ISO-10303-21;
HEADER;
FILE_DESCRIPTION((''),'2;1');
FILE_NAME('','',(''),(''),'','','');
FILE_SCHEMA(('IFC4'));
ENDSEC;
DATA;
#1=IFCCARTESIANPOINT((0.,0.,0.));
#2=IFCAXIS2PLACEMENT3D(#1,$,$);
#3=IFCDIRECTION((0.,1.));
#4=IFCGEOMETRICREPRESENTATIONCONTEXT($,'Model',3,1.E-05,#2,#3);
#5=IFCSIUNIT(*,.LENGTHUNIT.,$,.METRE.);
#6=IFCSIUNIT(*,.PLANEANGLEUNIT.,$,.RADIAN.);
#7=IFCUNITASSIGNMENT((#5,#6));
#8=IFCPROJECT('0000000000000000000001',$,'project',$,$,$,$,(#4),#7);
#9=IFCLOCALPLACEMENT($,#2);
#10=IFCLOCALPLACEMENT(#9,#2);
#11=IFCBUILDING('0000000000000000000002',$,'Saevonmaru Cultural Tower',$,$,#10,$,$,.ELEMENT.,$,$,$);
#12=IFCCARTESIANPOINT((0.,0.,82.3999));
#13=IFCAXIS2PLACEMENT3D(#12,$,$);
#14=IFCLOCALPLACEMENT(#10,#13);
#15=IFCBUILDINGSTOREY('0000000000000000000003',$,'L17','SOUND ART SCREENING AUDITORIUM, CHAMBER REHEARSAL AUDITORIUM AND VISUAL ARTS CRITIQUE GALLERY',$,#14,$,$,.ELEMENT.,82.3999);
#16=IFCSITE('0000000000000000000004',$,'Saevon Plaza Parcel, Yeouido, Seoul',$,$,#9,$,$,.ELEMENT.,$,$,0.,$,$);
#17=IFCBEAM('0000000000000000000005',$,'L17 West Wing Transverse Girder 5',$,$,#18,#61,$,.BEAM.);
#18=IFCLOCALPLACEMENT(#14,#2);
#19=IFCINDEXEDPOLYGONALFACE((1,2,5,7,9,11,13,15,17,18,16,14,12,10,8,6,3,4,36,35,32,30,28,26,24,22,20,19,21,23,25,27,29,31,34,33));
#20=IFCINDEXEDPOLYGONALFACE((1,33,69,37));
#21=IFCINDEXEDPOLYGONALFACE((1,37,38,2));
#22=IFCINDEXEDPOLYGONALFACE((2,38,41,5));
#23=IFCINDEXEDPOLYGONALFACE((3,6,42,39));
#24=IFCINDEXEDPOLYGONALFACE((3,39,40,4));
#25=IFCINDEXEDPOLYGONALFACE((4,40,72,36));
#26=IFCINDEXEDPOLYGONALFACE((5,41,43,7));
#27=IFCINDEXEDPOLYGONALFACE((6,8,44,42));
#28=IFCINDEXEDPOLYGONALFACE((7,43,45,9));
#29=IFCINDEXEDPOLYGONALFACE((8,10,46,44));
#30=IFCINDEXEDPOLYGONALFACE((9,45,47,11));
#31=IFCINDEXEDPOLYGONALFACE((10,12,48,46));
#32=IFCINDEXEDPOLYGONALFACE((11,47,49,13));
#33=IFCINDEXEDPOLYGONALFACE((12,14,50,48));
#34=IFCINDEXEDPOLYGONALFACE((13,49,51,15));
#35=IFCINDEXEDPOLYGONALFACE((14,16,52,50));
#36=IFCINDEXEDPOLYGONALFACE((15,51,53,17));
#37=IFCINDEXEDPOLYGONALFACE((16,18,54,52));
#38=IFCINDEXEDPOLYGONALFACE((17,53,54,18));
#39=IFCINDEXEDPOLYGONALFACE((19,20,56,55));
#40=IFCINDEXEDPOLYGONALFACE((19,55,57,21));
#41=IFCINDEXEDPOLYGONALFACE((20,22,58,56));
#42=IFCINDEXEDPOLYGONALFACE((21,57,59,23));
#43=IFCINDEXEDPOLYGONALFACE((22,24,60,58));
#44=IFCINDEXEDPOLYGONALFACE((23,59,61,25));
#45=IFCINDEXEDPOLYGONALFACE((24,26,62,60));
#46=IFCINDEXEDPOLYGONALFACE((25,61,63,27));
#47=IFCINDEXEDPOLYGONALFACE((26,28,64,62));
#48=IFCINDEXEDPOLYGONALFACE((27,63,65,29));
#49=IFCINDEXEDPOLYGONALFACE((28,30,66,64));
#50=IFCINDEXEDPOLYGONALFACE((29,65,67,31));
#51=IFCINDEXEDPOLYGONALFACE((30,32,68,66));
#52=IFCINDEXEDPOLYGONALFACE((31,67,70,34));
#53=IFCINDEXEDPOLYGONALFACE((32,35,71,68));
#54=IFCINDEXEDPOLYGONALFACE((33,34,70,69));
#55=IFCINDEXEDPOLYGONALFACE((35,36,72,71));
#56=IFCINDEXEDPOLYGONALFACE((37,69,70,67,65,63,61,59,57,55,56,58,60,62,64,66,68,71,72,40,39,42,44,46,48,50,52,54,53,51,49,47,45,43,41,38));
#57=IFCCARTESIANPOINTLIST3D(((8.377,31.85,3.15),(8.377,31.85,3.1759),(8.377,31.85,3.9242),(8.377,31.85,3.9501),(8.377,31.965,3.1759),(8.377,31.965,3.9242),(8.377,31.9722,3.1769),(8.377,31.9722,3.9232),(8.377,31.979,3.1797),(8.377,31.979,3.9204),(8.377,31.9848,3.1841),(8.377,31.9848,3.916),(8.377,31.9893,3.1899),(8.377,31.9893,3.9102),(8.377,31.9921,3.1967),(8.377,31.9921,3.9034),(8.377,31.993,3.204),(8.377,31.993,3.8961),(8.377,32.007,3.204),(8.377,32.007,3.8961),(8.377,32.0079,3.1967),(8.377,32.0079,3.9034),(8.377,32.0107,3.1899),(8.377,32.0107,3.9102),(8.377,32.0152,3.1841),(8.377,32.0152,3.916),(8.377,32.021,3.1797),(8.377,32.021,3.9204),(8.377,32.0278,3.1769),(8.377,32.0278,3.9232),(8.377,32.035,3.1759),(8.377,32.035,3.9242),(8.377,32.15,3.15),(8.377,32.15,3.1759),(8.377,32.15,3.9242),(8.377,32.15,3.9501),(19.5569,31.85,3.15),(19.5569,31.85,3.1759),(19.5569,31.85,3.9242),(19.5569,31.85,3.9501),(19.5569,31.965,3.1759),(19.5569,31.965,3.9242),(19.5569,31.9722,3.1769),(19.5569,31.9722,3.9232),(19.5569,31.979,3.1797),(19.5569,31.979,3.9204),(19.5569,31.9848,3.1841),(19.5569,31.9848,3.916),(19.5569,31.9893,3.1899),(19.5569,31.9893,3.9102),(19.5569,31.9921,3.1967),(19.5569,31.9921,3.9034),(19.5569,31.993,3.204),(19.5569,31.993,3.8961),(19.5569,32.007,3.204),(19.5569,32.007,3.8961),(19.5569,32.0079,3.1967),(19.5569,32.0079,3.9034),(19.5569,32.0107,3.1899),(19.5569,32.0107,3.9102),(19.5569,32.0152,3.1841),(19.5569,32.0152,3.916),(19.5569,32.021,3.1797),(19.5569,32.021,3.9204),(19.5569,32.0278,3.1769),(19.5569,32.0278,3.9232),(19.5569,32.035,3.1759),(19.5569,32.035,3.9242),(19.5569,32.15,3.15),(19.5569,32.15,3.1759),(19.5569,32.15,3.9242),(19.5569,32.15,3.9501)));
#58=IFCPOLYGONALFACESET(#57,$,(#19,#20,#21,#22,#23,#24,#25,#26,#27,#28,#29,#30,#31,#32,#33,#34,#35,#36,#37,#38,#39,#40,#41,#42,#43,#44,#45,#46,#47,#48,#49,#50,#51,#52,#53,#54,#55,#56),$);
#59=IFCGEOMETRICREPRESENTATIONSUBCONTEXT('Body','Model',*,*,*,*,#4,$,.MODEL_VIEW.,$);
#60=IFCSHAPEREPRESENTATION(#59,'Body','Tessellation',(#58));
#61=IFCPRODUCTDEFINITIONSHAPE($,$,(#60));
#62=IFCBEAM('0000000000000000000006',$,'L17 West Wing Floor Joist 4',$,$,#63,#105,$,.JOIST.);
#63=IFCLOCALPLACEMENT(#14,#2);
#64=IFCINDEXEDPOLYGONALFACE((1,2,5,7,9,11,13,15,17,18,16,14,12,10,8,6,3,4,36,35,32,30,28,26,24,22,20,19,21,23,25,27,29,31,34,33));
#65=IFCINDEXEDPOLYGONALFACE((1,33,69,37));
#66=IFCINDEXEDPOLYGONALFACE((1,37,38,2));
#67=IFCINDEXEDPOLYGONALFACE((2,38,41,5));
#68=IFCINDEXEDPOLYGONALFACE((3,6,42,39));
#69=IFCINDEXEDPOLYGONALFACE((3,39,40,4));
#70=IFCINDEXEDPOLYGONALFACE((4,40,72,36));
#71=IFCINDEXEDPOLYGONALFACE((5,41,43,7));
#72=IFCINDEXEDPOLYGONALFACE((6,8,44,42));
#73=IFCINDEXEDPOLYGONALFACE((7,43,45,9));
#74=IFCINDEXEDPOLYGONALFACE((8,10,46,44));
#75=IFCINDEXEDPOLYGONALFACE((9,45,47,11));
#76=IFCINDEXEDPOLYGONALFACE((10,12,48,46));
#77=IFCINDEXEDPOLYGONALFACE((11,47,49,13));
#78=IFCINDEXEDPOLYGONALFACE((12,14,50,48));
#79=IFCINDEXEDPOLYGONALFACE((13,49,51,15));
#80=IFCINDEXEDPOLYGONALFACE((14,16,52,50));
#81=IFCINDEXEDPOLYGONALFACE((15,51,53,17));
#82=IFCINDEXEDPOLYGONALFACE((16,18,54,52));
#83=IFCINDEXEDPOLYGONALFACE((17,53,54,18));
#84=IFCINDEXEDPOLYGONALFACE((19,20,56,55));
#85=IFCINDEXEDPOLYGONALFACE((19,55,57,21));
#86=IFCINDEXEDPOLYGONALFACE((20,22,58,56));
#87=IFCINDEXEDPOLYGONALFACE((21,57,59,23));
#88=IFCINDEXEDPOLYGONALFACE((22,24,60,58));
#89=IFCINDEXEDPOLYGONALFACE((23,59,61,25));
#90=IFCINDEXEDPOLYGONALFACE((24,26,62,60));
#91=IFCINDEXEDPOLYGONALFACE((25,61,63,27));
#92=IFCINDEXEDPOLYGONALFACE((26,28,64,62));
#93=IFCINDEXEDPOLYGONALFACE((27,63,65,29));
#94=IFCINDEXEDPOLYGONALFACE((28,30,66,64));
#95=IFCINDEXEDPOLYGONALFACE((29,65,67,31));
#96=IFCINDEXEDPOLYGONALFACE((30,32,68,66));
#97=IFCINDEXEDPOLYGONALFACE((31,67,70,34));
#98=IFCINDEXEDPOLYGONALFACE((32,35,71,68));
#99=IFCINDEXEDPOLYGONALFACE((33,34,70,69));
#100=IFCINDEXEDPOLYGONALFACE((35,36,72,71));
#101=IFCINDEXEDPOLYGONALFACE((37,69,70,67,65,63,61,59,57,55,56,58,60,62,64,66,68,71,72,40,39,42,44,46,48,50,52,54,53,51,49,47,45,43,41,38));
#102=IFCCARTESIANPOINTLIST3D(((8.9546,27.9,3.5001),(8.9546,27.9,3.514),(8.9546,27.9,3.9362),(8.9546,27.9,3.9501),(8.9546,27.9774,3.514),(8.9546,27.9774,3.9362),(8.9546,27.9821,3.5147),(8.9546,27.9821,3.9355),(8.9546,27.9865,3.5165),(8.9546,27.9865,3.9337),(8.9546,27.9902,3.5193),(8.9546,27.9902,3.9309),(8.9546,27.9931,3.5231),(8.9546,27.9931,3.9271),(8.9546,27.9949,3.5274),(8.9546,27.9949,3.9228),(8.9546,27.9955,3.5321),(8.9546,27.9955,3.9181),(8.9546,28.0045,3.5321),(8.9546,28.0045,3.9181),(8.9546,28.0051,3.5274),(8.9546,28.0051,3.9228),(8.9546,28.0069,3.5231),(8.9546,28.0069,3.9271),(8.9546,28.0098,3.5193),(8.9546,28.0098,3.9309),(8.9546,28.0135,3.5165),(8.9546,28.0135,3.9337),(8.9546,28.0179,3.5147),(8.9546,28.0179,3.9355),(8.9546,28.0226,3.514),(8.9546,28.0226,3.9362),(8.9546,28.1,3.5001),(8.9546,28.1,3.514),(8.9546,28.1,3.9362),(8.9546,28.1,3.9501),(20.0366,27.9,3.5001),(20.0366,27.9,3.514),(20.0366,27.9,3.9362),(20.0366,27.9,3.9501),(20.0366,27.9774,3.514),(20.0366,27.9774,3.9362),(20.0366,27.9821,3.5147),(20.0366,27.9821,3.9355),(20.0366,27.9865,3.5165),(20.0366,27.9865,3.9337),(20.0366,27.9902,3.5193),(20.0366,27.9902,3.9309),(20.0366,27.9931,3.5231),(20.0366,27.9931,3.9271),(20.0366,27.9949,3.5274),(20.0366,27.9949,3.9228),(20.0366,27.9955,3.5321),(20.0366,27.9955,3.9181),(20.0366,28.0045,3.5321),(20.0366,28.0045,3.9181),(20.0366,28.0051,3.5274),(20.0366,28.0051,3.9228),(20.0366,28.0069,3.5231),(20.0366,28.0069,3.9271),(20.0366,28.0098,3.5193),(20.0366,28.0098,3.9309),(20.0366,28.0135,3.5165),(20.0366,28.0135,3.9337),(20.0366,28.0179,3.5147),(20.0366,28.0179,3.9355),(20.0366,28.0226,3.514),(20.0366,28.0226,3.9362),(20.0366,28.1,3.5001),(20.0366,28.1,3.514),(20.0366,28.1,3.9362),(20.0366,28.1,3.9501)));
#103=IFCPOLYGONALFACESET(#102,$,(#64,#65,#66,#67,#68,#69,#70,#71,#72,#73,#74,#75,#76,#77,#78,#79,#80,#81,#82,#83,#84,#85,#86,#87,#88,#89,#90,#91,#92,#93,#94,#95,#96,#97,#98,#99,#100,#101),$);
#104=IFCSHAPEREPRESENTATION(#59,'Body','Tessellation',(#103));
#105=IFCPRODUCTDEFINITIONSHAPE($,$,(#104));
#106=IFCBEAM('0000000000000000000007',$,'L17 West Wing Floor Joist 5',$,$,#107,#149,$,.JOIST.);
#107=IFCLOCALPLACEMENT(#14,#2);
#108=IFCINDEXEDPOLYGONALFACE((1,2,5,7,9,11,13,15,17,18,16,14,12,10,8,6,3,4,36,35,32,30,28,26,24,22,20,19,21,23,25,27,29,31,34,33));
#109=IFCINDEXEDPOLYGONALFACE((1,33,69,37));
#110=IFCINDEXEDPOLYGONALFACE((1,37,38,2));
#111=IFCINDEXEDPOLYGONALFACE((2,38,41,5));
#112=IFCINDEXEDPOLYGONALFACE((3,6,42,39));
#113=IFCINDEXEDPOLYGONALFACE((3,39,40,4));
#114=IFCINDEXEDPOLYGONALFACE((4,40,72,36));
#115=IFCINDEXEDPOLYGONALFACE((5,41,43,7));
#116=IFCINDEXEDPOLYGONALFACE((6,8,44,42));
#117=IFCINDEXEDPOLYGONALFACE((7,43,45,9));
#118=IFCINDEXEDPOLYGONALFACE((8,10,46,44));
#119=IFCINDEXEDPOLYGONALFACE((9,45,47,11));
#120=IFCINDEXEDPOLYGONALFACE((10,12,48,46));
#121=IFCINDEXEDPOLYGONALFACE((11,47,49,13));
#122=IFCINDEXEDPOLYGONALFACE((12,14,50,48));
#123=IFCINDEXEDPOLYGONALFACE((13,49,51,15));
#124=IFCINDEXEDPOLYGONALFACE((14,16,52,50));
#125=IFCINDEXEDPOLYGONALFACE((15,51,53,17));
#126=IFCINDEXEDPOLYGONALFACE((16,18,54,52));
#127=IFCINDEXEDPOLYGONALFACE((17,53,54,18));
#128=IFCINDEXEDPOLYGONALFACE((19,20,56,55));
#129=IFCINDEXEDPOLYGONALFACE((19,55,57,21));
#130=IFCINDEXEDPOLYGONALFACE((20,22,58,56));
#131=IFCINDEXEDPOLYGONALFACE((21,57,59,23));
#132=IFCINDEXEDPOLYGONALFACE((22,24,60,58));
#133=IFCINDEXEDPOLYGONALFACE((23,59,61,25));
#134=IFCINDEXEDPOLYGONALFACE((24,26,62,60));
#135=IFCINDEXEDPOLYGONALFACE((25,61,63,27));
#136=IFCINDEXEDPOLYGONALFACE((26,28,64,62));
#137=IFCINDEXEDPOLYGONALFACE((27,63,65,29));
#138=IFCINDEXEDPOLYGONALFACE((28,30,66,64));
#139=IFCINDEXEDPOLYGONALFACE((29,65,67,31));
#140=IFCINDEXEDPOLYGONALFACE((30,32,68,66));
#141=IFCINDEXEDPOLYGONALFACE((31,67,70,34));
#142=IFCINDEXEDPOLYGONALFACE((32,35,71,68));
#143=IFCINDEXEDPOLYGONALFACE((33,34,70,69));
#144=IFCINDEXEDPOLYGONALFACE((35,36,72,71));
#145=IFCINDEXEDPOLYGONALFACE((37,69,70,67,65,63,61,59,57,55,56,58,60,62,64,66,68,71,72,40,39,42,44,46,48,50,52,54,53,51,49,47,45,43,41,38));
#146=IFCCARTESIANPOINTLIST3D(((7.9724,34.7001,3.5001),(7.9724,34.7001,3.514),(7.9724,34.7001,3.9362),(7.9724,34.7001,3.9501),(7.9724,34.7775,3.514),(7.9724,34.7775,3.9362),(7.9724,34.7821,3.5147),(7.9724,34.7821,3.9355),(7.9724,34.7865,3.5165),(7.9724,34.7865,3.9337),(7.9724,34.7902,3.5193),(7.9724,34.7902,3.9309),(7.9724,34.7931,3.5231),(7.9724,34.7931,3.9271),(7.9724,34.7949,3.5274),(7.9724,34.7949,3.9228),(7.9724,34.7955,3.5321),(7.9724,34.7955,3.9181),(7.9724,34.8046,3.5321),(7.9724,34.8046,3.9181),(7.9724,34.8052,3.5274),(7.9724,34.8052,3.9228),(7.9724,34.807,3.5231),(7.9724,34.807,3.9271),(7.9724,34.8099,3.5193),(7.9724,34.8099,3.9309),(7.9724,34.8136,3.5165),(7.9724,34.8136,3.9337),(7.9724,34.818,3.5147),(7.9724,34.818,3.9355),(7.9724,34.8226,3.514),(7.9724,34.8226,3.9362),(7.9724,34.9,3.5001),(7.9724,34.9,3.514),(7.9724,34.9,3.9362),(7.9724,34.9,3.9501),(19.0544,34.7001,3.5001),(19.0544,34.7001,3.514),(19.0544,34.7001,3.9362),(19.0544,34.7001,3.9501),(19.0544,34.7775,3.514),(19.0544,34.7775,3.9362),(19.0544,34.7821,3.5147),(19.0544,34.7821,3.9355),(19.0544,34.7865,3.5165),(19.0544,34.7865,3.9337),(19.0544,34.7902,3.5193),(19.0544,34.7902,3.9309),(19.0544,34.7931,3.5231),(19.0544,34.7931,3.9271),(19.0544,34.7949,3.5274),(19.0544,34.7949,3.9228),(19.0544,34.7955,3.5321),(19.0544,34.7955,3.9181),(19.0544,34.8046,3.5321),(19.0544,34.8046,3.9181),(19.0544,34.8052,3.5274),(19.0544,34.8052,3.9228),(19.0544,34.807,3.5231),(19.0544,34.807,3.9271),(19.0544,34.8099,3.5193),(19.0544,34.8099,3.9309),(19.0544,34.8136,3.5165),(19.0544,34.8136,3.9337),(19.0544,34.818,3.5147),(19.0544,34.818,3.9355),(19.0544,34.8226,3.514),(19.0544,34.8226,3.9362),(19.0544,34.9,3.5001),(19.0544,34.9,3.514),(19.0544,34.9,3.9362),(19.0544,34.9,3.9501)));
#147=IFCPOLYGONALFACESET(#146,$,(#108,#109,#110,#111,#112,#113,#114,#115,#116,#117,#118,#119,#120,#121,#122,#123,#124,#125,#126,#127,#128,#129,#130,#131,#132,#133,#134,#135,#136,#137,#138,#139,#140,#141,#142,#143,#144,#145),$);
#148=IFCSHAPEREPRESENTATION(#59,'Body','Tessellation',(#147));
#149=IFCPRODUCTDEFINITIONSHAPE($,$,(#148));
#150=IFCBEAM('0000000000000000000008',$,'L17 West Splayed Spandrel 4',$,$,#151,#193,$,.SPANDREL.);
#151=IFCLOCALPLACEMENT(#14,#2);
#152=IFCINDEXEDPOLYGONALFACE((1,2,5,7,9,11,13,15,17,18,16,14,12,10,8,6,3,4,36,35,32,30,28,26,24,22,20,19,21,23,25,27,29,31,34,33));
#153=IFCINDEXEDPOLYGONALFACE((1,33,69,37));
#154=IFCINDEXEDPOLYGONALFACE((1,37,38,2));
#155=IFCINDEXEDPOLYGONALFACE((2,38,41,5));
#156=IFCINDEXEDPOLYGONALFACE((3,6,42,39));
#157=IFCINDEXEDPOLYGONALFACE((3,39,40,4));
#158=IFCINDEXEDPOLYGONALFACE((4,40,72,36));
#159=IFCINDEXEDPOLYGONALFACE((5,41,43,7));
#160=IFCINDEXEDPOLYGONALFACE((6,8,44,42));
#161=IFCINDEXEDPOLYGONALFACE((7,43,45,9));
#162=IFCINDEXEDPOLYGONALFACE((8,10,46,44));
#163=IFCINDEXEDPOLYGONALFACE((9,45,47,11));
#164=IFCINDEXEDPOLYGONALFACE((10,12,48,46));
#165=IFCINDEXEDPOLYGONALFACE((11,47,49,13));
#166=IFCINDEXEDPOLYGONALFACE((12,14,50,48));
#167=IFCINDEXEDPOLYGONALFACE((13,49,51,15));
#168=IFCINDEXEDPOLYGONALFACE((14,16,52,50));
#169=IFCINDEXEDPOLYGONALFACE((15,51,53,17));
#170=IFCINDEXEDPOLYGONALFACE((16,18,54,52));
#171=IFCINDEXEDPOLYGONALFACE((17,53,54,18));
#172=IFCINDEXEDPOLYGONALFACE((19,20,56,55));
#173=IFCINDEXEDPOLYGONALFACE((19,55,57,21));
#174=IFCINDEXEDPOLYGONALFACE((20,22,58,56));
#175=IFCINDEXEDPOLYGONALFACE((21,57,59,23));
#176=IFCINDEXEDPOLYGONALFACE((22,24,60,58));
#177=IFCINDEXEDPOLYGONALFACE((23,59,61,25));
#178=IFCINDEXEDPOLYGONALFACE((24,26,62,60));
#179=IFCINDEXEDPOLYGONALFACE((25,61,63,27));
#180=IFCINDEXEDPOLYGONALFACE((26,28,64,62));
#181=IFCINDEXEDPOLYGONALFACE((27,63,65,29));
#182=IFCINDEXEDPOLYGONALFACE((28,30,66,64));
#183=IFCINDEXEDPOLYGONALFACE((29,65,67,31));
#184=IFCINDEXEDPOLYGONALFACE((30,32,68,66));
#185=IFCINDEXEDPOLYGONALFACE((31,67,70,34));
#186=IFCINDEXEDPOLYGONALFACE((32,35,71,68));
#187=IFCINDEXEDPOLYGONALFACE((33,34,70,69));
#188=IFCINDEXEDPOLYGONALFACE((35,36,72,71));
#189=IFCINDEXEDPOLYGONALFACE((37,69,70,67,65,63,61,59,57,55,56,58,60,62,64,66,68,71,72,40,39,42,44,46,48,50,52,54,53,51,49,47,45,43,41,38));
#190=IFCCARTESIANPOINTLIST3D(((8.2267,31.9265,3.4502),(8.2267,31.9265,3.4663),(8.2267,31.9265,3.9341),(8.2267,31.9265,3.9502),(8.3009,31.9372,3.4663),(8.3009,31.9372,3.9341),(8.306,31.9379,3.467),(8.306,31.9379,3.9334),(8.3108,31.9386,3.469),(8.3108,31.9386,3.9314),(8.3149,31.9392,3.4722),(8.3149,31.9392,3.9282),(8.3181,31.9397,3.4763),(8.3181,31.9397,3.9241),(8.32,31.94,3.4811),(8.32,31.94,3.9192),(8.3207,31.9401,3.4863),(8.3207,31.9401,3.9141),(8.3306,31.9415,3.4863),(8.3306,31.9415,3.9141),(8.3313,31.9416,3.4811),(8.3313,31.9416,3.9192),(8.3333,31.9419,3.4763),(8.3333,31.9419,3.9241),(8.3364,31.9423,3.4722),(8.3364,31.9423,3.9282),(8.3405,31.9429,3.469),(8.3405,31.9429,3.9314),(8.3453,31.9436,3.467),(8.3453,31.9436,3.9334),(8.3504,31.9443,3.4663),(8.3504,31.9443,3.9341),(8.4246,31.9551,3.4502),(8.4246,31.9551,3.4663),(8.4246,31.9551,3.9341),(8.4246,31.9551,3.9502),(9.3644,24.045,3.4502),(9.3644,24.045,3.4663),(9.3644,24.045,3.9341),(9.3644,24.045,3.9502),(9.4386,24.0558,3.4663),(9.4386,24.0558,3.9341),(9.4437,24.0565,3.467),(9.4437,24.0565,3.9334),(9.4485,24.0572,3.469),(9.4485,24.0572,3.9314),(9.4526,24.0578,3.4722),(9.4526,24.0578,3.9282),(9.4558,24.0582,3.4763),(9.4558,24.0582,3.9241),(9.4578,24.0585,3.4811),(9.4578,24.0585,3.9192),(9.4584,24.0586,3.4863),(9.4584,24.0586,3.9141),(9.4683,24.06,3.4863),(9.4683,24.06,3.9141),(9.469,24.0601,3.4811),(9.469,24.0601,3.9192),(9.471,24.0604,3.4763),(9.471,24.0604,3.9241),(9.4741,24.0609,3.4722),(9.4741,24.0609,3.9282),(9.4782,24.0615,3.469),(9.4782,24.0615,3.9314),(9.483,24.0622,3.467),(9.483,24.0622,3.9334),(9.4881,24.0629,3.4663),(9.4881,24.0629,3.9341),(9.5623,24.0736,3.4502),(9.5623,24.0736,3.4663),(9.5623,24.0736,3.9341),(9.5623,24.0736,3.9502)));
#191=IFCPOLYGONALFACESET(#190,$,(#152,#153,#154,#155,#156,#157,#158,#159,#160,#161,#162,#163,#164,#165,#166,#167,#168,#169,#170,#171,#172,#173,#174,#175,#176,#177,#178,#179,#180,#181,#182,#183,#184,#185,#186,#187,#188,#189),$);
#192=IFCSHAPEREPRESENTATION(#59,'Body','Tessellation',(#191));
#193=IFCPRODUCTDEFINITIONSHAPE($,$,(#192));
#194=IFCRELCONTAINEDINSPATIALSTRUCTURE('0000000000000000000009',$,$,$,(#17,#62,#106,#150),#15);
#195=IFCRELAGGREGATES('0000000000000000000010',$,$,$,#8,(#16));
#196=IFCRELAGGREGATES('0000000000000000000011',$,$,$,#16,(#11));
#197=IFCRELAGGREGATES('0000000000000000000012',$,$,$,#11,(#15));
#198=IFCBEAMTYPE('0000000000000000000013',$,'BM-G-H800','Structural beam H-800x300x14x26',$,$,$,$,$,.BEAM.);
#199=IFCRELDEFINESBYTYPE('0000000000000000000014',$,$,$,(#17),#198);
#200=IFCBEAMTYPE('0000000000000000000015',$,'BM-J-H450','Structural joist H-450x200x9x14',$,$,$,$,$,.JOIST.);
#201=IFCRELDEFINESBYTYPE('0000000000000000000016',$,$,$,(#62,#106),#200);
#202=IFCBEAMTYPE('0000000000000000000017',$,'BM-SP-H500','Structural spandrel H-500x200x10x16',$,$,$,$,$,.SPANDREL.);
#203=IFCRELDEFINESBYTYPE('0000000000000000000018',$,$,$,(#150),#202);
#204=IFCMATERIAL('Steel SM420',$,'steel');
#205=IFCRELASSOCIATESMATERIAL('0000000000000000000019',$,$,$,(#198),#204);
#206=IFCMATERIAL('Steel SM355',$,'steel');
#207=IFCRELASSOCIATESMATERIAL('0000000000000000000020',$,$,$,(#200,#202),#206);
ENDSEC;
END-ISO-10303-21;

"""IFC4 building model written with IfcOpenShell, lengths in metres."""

from ifc_helpers import new_model, si_unit, direction, frame, origin, origin_2d, place, context, subcontext, project, spatial, i_section, extrude, material, material_profile, profile_set, type_object, element, save


model = new_model("IFC4")

# Units and contexts
model_context = context("Model", 3, precision=1e-05, world=origin(), true_north=direction((0.0, 1.0)))
body_context = subcontext(model_context, "Body", "Model", "MODEL_VIEW")
ifc_project = project(units=[si_unit("LENGTHUNIT", "METRE"), si_unit("PLANEANGLEUNIT", "RADIAN")], contexts=[model_context])

# Site, building, storey
site_placement = place(None, origin())
site = spatial("IfcSite", under=ifc_project, at=site_placement, Name="Saevon Plaza Parcel, Yeouido, Seoul", CompositionType="ELEMENT", RefElevation=0.0)
building_placement = place(site_placement, origin())
building = spatial("IfcBuilding", under=site, at=building_placement, Name="Saevonmaru Cultural Tower", CompositionType="ELEMENT")
storey_placement = place(building_placement, frame((0.0, 0.0, 82.3999)))
storey = spatial("IfcBuildingStorey", under=building, at=storey_placement, Name="L17", Description="SOUND ART SCREENING AUDITORIUM, CHAMBER REHEARSAL AUDITORIUM AND VISUAL ARTS CRITIQUE GALLERY", CompositionType="ELEMENT", Elevation=82.3999)

# Shared definitions
ifc_material_1 = material(Name="Steel SM420", Category="steel")

# Beams
ifc_material_profile_1 = material_profile(ifc_material_1, i_section(OverallWidth=0.3, OverallDepth=0.8, WebThickness=0.0139, FlangeThickness=0.0259, FilletRadius=0.0281, at=origin_2d()), Name="H-800x300x14x26")
ifc_profile_set_1 = profile_set([ifc_material_profile_1], Name="Steel SM420")
beam_type_1 = type_object("IfcBeamType", Name="BM-G-H800", Description="Structural beam H-800x300x14x26", PredefinedType="BEAM", material=ifc_profile_set_1)
for number, where, z_axis, x_axis, name in (
    (1, (8.377, 32.0, 3.55), (1.0, 0.0, 0.0), (0.0, 1.0, 0.0), "L17 West Wing Transverse Girder 5"),
):
    element("IfcBeam", number, at=place(storey_placement, frame(where, z_axis=z_axis, x_axis=x_axis)), inside=storey, type_object=beam_type_1, Name=name, PredefinedType="BEAM", context=body_context, shape_type="SweptSolid", body=[
        extrude(i_section(OverallWidth=0.3, OverallDepth=0.8, WebThickness=0.0139, FlangeThickness=0.0259, FilletRadius=0.0281, at=origin_2d()), origin(), (0.0, 0.0, 1.0), 11.1799),
    ])
ifc_material_2 = material(Name="Steel SM355", Category="steel")
ifc_material_profile_2 = material_profile(ifc_material_2, i_section(OverallWidth=0.2, OverallDepth=0.45, WebThickness=0.009, FlangeThickness=0.0139, FilletRadius=0.0181, at=origin_2d()), Name="H-450x200x9x14")
ifc_profile_set_2 = profile_set([ifc_material_profile_2], Name="Steel SM355")
beam_type_2 = type_object("IfcBeamType", Name="BM-J-H450", Description="Structural joist H-450x200x9x14", PredefinedType="JOIST", material=ifc_profile_set_2)
for number, where, z_axis, x_axis, name in (
    (2, (8.9546, 28.0, 3.7251), (1.0, 0.0, 0.0), (0.0, 1.0, 0.0), "L17 West Wing Floor Joist 4"),
    (3, (7.9724, 34.8, 3.7251), (1.0, 0.0, 0.0), (0.0, 1.0, 0.0), "L17 West Wing Floor Joist 5"),
):
    element("IfcBeam", number, at=place(storey_placement, frame(where, z_axis=z_axis, x_axis=x_axis)), inside=storey, type_object=beam_type_2, Name=name, PredefinedType="JOIST", context=body_context, shape_type="SweptSolid", body=[
        extrude(i_section(OverallWidth=0.2, OverallDepth=0.45, WebThickness=0.009, FlangeThickness=0.0139, FilletRadius=0.0181, at=origin_2d()), origin(), (0.0, 0.0, 1.0), 11.082),
    ])
ifc_material_profile_3 = material_profile(ifc_material_2, i_section(OverallWidth=0.2, OverallDepth=0.5, WebThickness=0.01, FlangeThickness=0.0161, FilletRadius=0.02, at=origin_2d()), Name="H-500x200x10x16")
ifc_profile_set_3 = profile_set([ifc_material_profile_3], Name="Steel SM355")
beam_type_3 = type_object("IfcBeamType", Name="BM-SP-H500", Description="Structural spandrel H-500x200x10x16", PredefinedType="SPANDREL", material=ifc_profile_set_3)
beam_1_placement = place(storey_placement, frame((9.4634, 24.0593, 3.7002), z_axis=(-0.142872, 0.989741, 0.0), x_axis=(-0.989741, -0.142872, 0.0)))
element("IfcBeam", 4, at=beam_1_placement, inside=storey, type_object=beam_type_3, Name="L17 West Splayed Spandrel 4", PredefinedType="SPANDREL", context=body_context, shape_type="SweptSolid", body=[
    extrude(i_section(OverallWidth=0.2, OverallDepth=0.5, WebThickness=0.01, FlangeThickness=0.0161, FilletRadius=0.02, at=origin_2d()), origin(), (0.0, 0.0, 1.0), 7.9631),
])

save(model, "model.ifc")
